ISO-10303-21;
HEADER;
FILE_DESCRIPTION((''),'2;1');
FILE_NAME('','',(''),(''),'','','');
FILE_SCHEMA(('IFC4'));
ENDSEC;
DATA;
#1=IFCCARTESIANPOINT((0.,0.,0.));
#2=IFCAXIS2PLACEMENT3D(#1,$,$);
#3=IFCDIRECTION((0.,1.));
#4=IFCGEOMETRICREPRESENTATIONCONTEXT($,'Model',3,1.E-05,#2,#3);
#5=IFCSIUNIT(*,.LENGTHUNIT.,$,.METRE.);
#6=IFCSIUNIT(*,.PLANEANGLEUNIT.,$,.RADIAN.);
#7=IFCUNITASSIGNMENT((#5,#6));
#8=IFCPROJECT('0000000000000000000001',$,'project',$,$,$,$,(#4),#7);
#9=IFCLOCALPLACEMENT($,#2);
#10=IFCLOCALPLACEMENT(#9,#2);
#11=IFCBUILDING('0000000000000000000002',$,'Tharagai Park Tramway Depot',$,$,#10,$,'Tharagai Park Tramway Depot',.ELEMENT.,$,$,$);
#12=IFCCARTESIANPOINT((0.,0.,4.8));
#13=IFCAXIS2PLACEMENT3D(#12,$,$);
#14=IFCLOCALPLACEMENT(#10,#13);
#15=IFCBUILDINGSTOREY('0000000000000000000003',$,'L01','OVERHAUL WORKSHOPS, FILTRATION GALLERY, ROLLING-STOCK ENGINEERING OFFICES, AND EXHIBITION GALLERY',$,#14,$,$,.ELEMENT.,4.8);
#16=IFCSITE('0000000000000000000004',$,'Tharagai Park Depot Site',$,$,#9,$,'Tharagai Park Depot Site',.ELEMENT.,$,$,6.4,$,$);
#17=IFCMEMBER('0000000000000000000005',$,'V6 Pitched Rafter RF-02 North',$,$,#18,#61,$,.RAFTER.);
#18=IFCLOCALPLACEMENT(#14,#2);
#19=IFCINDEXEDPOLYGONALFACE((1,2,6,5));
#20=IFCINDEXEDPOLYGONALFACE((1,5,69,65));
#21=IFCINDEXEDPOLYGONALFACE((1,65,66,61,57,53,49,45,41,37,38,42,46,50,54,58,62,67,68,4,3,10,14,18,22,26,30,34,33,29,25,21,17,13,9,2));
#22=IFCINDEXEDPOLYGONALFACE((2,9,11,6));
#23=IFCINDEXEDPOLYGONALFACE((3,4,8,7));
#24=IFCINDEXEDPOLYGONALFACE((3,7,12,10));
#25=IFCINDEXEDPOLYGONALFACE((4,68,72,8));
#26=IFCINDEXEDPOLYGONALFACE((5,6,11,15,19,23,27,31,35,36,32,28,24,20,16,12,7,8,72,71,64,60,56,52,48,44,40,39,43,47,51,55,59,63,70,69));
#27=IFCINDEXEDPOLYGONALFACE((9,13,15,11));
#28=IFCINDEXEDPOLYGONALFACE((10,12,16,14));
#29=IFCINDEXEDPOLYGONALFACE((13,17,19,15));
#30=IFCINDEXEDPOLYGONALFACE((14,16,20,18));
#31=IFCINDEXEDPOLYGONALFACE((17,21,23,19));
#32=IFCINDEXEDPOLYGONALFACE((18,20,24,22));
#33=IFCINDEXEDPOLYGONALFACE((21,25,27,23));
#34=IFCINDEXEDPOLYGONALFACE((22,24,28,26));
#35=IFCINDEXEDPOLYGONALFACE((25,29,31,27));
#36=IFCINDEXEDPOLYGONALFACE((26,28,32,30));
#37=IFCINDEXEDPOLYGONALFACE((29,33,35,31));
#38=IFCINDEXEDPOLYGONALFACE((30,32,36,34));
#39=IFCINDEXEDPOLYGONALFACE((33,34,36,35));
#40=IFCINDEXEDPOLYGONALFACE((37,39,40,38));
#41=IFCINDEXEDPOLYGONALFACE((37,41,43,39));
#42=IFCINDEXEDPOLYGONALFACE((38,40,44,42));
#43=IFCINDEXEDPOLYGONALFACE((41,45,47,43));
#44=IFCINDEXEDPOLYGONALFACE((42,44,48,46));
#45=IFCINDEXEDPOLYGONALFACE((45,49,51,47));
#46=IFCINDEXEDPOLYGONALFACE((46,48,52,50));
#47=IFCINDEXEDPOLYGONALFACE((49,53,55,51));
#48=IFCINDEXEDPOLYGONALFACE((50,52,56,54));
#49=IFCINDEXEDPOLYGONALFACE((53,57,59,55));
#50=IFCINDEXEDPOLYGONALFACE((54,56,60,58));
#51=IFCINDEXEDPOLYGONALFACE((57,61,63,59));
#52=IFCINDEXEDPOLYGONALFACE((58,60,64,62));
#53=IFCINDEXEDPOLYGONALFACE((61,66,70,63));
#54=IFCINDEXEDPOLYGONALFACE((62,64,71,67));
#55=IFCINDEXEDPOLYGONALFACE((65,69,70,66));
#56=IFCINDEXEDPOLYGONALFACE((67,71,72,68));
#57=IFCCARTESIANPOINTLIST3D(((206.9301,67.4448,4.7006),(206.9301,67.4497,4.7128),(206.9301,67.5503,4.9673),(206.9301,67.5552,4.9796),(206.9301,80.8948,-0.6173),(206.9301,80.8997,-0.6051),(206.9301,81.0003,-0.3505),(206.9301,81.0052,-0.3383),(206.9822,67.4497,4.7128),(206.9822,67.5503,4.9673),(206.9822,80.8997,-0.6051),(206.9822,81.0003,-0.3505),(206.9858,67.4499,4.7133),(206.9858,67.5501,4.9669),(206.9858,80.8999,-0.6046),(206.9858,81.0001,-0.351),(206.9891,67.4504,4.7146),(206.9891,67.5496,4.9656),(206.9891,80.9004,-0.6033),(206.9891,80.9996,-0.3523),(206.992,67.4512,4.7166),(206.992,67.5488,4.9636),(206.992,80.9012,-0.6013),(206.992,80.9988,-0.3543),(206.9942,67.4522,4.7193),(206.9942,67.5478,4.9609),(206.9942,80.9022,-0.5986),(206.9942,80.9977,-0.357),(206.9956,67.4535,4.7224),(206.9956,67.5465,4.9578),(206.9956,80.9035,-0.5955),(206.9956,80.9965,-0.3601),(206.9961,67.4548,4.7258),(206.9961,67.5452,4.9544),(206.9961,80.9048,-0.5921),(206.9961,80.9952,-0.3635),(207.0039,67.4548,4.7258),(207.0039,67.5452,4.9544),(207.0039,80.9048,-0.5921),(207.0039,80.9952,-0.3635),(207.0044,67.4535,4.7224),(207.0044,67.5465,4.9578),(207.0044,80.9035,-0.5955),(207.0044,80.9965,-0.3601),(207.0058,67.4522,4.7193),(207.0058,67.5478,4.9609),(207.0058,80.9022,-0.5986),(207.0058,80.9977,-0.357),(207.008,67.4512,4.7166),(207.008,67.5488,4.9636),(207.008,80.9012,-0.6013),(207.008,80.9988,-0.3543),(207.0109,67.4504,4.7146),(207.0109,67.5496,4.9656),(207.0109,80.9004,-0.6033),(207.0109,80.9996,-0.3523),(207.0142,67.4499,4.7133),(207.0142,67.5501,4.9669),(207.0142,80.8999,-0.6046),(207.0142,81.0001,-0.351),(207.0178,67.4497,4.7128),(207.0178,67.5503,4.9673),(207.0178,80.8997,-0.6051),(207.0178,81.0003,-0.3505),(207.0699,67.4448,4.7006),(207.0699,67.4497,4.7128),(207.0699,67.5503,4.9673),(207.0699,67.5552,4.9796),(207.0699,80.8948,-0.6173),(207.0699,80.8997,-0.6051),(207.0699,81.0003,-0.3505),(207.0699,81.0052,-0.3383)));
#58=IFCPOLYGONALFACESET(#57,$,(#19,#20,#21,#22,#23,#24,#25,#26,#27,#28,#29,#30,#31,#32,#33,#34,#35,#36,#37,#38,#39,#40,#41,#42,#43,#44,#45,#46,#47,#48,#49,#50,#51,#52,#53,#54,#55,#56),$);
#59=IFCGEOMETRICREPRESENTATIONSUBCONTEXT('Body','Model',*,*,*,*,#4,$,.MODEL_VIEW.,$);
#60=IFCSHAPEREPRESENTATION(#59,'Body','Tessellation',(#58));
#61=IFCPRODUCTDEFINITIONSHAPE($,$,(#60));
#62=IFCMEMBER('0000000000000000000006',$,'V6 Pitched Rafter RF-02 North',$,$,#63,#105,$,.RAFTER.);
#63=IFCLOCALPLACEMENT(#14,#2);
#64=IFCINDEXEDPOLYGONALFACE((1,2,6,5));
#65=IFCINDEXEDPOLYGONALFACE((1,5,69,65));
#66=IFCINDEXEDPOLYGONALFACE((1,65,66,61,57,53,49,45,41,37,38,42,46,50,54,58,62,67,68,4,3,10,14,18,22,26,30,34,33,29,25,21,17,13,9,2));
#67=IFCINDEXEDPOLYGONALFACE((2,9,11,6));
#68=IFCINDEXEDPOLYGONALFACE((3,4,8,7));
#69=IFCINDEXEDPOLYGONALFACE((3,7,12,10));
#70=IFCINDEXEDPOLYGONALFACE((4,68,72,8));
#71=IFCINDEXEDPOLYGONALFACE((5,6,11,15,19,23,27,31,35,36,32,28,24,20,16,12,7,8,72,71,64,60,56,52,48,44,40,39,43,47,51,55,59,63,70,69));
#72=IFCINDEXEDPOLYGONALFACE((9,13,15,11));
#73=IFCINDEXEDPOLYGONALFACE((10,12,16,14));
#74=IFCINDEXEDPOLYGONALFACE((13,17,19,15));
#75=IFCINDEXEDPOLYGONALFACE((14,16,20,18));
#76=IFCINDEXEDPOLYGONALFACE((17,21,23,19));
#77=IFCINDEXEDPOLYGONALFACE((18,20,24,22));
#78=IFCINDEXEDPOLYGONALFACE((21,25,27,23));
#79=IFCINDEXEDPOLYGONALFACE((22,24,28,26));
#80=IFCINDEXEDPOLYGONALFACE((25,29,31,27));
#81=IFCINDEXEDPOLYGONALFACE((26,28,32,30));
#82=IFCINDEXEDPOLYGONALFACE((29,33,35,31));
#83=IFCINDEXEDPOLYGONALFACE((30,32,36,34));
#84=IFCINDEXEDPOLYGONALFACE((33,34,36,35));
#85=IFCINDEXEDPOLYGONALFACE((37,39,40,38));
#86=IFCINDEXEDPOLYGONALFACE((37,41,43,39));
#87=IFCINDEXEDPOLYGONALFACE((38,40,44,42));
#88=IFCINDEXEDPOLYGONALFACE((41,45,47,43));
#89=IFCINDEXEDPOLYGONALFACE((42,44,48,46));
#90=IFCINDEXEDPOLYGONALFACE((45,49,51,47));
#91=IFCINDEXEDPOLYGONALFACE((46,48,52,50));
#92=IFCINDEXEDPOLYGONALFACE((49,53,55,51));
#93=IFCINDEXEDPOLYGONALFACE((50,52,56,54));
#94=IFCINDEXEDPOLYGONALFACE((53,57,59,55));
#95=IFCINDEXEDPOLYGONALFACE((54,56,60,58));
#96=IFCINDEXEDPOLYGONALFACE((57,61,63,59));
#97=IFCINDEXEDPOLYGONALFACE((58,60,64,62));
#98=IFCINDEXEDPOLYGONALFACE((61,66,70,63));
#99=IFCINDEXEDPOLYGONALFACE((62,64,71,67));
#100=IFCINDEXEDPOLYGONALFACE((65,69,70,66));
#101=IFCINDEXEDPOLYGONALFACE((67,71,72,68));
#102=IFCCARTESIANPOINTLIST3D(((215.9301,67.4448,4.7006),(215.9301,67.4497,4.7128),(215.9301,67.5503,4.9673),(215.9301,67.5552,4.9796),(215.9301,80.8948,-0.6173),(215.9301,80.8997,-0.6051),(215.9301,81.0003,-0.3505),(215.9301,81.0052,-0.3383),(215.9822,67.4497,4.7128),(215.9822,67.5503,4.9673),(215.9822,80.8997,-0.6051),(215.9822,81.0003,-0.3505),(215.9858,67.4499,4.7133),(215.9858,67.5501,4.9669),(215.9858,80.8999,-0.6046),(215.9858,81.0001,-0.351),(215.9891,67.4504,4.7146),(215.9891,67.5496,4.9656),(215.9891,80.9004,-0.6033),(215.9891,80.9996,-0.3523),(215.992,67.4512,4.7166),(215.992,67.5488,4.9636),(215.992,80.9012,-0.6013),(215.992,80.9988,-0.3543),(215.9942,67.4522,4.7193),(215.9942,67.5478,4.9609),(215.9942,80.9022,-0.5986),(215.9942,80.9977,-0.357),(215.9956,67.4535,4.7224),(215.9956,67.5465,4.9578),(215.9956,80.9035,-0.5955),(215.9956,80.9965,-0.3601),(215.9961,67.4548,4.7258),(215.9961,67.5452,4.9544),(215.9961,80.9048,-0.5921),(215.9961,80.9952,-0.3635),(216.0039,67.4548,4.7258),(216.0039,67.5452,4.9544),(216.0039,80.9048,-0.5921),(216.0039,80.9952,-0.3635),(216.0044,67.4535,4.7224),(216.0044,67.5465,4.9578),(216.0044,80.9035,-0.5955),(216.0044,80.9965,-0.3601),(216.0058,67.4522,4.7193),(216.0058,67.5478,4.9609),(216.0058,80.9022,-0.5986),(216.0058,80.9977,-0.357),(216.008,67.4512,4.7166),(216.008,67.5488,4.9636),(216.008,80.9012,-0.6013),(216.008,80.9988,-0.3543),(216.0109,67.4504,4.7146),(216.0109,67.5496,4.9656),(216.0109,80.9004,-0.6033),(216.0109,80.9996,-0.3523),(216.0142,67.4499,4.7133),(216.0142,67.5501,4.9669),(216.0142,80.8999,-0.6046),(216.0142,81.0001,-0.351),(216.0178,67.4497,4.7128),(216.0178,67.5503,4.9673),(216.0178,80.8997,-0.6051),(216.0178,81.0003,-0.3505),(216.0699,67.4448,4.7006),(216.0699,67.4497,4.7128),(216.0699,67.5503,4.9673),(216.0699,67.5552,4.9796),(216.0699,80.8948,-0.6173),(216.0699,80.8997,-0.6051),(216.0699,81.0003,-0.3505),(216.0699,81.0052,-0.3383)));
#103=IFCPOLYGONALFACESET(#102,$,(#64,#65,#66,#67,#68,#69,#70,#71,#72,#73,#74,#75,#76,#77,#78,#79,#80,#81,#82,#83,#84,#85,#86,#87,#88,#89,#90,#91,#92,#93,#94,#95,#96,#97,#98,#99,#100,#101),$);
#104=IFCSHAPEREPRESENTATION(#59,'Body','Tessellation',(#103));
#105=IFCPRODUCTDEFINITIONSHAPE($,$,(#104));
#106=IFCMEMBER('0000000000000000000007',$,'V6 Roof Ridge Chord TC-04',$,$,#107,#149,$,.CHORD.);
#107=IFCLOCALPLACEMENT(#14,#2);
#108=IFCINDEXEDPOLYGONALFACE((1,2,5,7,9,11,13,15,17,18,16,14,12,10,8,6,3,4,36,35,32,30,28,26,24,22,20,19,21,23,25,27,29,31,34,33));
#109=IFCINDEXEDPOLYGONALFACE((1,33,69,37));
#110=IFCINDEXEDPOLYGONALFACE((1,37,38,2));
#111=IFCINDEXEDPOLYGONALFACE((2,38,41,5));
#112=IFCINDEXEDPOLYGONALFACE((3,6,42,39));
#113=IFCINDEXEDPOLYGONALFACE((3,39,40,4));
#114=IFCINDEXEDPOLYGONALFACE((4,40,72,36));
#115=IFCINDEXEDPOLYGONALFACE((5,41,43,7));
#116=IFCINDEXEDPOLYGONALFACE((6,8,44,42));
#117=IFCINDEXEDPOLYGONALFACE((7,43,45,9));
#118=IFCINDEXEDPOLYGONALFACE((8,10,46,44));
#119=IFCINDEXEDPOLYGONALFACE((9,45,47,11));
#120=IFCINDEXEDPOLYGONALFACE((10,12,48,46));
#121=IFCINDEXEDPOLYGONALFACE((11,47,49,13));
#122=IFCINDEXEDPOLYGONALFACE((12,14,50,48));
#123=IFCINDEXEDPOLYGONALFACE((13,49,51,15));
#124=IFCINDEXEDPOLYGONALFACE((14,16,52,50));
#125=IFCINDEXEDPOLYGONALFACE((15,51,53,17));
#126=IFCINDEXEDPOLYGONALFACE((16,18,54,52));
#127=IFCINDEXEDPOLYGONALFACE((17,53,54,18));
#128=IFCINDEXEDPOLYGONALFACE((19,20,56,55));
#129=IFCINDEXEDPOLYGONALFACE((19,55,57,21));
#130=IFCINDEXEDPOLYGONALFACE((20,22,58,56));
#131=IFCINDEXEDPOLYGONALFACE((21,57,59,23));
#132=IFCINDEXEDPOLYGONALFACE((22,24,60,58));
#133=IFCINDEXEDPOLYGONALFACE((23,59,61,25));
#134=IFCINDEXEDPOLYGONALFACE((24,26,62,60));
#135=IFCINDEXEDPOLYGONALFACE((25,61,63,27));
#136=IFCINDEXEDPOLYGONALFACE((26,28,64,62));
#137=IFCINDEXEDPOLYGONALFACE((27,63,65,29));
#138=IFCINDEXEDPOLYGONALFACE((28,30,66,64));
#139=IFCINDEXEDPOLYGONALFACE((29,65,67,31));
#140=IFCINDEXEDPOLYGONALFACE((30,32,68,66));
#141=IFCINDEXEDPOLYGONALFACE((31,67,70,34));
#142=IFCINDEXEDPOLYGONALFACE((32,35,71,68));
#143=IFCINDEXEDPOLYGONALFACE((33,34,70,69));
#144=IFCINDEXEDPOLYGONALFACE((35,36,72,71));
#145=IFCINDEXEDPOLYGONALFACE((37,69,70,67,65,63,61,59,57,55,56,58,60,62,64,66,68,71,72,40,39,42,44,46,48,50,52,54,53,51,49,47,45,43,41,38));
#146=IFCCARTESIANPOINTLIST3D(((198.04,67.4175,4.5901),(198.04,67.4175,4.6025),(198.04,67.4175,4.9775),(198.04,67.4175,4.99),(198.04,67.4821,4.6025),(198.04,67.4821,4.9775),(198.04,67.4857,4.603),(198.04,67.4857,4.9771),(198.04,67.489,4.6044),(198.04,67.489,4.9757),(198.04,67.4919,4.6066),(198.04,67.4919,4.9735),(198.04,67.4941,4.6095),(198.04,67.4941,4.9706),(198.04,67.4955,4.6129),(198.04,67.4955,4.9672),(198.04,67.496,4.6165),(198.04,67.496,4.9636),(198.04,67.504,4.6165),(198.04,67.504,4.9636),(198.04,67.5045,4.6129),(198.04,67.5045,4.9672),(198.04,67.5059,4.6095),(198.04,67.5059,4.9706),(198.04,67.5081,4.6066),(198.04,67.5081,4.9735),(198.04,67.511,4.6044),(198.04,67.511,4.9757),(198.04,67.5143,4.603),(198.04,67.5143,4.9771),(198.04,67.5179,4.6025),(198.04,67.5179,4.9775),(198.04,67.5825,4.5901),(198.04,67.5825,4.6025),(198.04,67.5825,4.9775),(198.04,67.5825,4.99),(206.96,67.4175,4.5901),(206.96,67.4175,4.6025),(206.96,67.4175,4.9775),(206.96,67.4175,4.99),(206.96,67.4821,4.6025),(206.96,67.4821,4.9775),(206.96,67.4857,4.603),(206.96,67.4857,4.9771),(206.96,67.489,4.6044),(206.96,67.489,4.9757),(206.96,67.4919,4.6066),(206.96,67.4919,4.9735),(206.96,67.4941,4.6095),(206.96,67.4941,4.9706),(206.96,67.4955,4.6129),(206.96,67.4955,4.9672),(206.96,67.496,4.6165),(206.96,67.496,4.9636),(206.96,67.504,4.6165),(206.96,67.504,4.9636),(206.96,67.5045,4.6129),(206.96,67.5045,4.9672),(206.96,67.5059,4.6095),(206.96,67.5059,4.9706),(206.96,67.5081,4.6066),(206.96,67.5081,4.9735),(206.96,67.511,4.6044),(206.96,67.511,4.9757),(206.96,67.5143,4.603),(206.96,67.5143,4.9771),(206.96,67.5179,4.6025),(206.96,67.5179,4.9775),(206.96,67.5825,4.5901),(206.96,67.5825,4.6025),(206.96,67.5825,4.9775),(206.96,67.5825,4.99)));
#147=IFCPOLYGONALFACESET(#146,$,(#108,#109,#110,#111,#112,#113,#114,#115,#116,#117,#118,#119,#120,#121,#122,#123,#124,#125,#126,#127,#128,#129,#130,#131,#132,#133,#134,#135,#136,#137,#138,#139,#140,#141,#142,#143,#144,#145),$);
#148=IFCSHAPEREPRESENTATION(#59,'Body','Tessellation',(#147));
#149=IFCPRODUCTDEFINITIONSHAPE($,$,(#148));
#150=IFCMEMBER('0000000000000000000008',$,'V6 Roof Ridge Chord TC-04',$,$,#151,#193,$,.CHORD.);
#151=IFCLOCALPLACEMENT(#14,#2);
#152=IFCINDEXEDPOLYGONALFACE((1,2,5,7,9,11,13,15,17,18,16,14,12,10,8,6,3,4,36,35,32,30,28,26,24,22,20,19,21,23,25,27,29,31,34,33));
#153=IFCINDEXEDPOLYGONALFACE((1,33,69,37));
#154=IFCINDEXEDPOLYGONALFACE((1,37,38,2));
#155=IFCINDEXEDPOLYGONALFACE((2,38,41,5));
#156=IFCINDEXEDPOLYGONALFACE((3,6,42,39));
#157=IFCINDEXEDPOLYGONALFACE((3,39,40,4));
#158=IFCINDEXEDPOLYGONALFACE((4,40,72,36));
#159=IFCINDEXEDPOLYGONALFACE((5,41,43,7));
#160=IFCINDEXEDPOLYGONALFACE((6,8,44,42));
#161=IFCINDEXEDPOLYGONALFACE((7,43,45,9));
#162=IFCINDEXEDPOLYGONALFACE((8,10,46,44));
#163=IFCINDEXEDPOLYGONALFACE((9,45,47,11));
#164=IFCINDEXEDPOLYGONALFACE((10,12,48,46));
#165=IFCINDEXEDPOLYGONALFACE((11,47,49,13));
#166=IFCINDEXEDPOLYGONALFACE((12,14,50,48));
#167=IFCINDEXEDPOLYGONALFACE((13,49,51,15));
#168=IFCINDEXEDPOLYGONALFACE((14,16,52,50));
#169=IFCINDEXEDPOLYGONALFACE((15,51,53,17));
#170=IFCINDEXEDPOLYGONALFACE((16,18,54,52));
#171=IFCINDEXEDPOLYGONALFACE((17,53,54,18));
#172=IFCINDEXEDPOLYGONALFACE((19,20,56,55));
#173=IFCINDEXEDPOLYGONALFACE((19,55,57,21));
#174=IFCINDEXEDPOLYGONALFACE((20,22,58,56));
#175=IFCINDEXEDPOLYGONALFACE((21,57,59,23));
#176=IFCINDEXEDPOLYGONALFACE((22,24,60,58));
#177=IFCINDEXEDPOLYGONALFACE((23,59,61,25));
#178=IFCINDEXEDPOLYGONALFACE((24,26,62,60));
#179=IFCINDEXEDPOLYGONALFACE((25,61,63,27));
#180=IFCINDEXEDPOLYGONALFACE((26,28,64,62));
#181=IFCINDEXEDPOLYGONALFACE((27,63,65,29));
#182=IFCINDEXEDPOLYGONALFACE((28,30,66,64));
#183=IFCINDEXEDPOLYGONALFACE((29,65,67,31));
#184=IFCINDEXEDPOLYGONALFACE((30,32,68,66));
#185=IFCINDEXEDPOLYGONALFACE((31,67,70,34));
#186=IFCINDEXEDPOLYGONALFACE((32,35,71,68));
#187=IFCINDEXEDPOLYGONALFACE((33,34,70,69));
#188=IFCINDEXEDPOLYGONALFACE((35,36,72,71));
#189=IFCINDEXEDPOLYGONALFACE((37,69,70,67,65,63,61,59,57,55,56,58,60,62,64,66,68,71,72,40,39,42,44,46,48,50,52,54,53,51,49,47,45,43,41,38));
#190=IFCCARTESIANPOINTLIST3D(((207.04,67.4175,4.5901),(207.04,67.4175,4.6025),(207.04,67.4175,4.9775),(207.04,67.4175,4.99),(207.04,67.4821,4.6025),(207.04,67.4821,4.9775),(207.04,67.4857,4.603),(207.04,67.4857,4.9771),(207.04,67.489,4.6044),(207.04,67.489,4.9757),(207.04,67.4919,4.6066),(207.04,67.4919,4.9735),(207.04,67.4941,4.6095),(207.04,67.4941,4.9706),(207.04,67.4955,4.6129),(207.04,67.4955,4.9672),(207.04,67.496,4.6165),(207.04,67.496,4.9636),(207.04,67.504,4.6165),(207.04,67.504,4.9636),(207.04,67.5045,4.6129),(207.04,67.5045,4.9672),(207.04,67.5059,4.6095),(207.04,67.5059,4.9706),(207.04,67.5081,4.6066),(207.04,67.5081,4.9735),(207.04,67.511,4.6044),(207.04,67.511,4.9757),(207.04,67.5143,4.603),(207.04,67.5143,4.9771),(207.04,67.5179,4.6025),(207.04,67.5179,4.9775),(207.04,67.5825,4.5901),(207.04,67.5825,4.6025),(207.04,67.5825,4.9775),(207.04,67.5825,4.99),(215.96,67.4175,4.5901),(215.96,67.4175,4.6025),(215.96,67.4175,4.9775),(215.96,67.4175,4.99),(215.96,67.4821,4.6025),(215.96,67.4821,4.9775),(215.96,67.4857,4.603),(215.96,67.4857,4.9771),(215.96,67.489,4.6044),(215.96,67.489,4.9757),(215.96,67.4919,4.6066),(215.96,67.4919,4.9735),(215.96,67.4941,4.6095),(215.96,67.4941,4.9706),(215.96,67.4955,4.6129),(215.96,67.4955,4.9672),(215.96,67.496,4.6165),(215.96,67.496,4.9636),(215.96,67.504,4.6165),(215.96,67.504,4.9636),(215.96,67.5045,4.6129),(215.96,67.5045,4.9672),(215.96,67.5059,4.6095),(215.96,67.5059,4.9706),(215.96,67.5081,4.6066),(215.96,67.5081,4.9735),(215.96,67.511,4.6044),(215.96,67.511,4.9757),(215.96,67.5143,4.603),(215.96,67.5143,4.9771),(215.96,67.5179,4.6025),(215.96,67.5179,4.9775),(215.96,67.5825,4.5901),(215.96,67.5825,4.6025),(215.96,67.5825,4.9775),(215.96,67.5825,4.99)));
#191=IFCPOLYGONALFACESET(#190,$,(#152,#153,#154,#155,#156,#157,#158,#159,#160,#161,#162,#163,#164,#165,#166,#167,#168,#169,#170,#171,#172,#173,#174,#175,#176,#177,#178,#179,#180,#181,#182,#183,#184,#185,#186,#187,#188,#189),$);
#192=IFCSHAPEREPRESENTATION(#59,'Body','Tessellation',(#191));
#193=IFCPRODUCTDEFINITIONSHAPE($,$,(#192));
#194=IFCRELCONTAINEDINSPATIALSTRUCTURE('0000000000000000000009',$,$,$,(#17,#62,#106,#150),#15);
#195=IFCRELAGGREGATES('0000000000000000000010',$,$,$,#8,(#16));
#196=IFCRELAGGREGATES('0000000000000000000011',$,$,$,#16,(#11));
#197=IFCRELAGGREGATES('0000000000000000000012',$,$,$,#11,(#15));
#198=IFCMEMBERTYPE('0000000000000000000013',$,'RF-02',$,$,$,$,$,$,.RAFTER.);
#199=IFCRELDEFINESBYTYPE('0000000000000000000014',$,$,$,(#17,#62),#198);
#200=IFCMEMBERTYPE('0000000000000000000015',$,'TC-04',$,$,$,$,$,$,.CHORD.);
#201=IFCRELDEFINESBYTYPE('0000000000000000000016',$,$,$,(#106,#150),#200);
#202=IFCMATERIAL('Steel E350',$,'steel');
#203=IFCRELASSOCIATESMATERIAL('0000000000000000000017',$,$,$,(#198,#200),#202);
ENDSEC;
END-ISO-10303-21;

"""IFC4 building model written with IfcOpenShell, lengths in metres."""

from ifc_helpers import new_model, si_unit, direction, frame, origin, origin_2d, place, context, subcontext, project, spatial, i_section, extrude, material, material_profile, profile_set, type_object, element, save


model = new_model("IFC4")

# Units and contexts
model_context = context("Model", 3, precision=1e-05, world=origin(), true_north=direction((0.0, 1.0)))
body_context = subcontext(model_context, "Body", "Model", "MODEL_VIEW")
ifc_project = project(units=[si_unit("LENGTHUNIT", "METRE"), si_unit("PLANEANGLEUNIT", "RADIAN")], contexts=[model_context])

# Site, building, storey
site_placement = place(None, origin())
site = spatial("IfcSite", under=ifc_project, at=site_placement, Name="Tharagai Park Depot Site", LongName="Tharagai Park Depot Site", CompositionType="ELEMENT", RefElevation=6.4)
building_placement = place(site_placement, origin())
building = spatial("IfcBuilding", under=site, at=building_placement, Name="Tharagai Park Tramway Depot", LongName="Tharagai Park Tramway Depot", CompositionType="ELEMENT")
storey_placement = place(building_placement, frame((0.0, 0.0, 4.8)))
storey = spatial("IfcBuildingStorey", under=building, at=storey_placement, Name="L01", Description="OVERHAUL WORKSHOPS, FILTRATION GALLERY, ROLLING-STOCK ENGINEERING OFFICES, AND EXHIBITION GALLERY", CompositionType="ELEMENT", Elevation=4.8)

# Shared definitions
ifc_material_1 = material(Name="Steel E350", Category="steel")

# Members
ifc_material_profile_1 = material_profile(ifc_material_1, i_section(OverallWidth=0.1399, OverallDepth=0.3, WebThickness=0.0078, FlangeThickness=0.0132, FilletRadius=0.0139, at=origin_2d()), Name="ISMB 300")
ifc_profile_set_1 = profile_set([ifc_material_profile_1], Name="Steel E350")
member_type_1 = type_object("IfcMemberType", Name="RF-02", PredefinedType="RAFTER", material=ifc_profile_set_1)
for number, where, z_axis, x_axis, name in (
    (1, (207.0, 67.5, 4.8401), (0.0, 0.92995, -0.367686), (-1.0, 0.0, 0.0), "V6 Pitched Rafter RF-02 North"),
    (2, (216.0, 67.5, 4.8401), (0.0, 0.92995, -0.367686), (-1.0, 0.0, 0.0), "V6 Pitched Rafter RF-02 North"),
):
    element("IfcMember", number, at=place(storey_placement, frame(where, z_axis=z_axis, x_axis=x_axis)), inside=storey, type_object=member_type_1, Name=name, PredefinedType="RAFTER", context=body_context, shape_type="SweptSolid", body=[
        extrude(i_section(OverallWidth=0.1399, OverallDepth=0.3, WebThickness=0.0078, FlangeThickness=0.0132, FilletRadius=0.0139, at=origin_2d()), origin(), (0.0, 0.0, 1.0), 14.4631),
    ])
ifc_material_profile_2 = material_profile(ifc_material_1, i_section(OverallWidth=0.165, OverallDepth=0.3999, WebThickness=0.0081, FlangeThickness=0.0125, FilletRadius=0.0139, at=origin_2d()), Name="ISLB 400")
ifc_profile_set_2 = profile_set([ifc_material_profile_2], Name="Steel E350")
member_type_2 = type_object("IfcMemberType", Name="TC-04", PredefinedType="CHORD", material=ifc_profile_set_2)
for number, where, z_axis, x_axis, name in (
    (3, (198.04, 67.5, 4.79), (1.0, 0.0, 0.0), (0.0, 1.0, 0.0), "V6 Roof Ridge Chord TC-04"),
    (4, (207.04, 67.5, 4.79), (1.0, 0.0, 0.0), (0.0, 1.0, 0.0), "V6 Roof Ridge Chord TC-04"),
):
    element("IfcMember", number, at=place(storey_placement, frame(where, z_axis=z_axis, x_axis=x_axis)), inside=storey, type_object=member_type_2, Name=name, PredefinedType="CHORD", context=body_context, shape_type="SweptSolid", body=[
        extrude(i_section(OverallWidth=0.165, OverallDepth=0.3999, WebThickness=0.0081, FlangeThickness=0.0125, FilletRadius=0.0139, at=origin_2d()), origin(), (0.0, 0.0, 1.0), 8.9199),
    ])

save(model, "model.ifc")
